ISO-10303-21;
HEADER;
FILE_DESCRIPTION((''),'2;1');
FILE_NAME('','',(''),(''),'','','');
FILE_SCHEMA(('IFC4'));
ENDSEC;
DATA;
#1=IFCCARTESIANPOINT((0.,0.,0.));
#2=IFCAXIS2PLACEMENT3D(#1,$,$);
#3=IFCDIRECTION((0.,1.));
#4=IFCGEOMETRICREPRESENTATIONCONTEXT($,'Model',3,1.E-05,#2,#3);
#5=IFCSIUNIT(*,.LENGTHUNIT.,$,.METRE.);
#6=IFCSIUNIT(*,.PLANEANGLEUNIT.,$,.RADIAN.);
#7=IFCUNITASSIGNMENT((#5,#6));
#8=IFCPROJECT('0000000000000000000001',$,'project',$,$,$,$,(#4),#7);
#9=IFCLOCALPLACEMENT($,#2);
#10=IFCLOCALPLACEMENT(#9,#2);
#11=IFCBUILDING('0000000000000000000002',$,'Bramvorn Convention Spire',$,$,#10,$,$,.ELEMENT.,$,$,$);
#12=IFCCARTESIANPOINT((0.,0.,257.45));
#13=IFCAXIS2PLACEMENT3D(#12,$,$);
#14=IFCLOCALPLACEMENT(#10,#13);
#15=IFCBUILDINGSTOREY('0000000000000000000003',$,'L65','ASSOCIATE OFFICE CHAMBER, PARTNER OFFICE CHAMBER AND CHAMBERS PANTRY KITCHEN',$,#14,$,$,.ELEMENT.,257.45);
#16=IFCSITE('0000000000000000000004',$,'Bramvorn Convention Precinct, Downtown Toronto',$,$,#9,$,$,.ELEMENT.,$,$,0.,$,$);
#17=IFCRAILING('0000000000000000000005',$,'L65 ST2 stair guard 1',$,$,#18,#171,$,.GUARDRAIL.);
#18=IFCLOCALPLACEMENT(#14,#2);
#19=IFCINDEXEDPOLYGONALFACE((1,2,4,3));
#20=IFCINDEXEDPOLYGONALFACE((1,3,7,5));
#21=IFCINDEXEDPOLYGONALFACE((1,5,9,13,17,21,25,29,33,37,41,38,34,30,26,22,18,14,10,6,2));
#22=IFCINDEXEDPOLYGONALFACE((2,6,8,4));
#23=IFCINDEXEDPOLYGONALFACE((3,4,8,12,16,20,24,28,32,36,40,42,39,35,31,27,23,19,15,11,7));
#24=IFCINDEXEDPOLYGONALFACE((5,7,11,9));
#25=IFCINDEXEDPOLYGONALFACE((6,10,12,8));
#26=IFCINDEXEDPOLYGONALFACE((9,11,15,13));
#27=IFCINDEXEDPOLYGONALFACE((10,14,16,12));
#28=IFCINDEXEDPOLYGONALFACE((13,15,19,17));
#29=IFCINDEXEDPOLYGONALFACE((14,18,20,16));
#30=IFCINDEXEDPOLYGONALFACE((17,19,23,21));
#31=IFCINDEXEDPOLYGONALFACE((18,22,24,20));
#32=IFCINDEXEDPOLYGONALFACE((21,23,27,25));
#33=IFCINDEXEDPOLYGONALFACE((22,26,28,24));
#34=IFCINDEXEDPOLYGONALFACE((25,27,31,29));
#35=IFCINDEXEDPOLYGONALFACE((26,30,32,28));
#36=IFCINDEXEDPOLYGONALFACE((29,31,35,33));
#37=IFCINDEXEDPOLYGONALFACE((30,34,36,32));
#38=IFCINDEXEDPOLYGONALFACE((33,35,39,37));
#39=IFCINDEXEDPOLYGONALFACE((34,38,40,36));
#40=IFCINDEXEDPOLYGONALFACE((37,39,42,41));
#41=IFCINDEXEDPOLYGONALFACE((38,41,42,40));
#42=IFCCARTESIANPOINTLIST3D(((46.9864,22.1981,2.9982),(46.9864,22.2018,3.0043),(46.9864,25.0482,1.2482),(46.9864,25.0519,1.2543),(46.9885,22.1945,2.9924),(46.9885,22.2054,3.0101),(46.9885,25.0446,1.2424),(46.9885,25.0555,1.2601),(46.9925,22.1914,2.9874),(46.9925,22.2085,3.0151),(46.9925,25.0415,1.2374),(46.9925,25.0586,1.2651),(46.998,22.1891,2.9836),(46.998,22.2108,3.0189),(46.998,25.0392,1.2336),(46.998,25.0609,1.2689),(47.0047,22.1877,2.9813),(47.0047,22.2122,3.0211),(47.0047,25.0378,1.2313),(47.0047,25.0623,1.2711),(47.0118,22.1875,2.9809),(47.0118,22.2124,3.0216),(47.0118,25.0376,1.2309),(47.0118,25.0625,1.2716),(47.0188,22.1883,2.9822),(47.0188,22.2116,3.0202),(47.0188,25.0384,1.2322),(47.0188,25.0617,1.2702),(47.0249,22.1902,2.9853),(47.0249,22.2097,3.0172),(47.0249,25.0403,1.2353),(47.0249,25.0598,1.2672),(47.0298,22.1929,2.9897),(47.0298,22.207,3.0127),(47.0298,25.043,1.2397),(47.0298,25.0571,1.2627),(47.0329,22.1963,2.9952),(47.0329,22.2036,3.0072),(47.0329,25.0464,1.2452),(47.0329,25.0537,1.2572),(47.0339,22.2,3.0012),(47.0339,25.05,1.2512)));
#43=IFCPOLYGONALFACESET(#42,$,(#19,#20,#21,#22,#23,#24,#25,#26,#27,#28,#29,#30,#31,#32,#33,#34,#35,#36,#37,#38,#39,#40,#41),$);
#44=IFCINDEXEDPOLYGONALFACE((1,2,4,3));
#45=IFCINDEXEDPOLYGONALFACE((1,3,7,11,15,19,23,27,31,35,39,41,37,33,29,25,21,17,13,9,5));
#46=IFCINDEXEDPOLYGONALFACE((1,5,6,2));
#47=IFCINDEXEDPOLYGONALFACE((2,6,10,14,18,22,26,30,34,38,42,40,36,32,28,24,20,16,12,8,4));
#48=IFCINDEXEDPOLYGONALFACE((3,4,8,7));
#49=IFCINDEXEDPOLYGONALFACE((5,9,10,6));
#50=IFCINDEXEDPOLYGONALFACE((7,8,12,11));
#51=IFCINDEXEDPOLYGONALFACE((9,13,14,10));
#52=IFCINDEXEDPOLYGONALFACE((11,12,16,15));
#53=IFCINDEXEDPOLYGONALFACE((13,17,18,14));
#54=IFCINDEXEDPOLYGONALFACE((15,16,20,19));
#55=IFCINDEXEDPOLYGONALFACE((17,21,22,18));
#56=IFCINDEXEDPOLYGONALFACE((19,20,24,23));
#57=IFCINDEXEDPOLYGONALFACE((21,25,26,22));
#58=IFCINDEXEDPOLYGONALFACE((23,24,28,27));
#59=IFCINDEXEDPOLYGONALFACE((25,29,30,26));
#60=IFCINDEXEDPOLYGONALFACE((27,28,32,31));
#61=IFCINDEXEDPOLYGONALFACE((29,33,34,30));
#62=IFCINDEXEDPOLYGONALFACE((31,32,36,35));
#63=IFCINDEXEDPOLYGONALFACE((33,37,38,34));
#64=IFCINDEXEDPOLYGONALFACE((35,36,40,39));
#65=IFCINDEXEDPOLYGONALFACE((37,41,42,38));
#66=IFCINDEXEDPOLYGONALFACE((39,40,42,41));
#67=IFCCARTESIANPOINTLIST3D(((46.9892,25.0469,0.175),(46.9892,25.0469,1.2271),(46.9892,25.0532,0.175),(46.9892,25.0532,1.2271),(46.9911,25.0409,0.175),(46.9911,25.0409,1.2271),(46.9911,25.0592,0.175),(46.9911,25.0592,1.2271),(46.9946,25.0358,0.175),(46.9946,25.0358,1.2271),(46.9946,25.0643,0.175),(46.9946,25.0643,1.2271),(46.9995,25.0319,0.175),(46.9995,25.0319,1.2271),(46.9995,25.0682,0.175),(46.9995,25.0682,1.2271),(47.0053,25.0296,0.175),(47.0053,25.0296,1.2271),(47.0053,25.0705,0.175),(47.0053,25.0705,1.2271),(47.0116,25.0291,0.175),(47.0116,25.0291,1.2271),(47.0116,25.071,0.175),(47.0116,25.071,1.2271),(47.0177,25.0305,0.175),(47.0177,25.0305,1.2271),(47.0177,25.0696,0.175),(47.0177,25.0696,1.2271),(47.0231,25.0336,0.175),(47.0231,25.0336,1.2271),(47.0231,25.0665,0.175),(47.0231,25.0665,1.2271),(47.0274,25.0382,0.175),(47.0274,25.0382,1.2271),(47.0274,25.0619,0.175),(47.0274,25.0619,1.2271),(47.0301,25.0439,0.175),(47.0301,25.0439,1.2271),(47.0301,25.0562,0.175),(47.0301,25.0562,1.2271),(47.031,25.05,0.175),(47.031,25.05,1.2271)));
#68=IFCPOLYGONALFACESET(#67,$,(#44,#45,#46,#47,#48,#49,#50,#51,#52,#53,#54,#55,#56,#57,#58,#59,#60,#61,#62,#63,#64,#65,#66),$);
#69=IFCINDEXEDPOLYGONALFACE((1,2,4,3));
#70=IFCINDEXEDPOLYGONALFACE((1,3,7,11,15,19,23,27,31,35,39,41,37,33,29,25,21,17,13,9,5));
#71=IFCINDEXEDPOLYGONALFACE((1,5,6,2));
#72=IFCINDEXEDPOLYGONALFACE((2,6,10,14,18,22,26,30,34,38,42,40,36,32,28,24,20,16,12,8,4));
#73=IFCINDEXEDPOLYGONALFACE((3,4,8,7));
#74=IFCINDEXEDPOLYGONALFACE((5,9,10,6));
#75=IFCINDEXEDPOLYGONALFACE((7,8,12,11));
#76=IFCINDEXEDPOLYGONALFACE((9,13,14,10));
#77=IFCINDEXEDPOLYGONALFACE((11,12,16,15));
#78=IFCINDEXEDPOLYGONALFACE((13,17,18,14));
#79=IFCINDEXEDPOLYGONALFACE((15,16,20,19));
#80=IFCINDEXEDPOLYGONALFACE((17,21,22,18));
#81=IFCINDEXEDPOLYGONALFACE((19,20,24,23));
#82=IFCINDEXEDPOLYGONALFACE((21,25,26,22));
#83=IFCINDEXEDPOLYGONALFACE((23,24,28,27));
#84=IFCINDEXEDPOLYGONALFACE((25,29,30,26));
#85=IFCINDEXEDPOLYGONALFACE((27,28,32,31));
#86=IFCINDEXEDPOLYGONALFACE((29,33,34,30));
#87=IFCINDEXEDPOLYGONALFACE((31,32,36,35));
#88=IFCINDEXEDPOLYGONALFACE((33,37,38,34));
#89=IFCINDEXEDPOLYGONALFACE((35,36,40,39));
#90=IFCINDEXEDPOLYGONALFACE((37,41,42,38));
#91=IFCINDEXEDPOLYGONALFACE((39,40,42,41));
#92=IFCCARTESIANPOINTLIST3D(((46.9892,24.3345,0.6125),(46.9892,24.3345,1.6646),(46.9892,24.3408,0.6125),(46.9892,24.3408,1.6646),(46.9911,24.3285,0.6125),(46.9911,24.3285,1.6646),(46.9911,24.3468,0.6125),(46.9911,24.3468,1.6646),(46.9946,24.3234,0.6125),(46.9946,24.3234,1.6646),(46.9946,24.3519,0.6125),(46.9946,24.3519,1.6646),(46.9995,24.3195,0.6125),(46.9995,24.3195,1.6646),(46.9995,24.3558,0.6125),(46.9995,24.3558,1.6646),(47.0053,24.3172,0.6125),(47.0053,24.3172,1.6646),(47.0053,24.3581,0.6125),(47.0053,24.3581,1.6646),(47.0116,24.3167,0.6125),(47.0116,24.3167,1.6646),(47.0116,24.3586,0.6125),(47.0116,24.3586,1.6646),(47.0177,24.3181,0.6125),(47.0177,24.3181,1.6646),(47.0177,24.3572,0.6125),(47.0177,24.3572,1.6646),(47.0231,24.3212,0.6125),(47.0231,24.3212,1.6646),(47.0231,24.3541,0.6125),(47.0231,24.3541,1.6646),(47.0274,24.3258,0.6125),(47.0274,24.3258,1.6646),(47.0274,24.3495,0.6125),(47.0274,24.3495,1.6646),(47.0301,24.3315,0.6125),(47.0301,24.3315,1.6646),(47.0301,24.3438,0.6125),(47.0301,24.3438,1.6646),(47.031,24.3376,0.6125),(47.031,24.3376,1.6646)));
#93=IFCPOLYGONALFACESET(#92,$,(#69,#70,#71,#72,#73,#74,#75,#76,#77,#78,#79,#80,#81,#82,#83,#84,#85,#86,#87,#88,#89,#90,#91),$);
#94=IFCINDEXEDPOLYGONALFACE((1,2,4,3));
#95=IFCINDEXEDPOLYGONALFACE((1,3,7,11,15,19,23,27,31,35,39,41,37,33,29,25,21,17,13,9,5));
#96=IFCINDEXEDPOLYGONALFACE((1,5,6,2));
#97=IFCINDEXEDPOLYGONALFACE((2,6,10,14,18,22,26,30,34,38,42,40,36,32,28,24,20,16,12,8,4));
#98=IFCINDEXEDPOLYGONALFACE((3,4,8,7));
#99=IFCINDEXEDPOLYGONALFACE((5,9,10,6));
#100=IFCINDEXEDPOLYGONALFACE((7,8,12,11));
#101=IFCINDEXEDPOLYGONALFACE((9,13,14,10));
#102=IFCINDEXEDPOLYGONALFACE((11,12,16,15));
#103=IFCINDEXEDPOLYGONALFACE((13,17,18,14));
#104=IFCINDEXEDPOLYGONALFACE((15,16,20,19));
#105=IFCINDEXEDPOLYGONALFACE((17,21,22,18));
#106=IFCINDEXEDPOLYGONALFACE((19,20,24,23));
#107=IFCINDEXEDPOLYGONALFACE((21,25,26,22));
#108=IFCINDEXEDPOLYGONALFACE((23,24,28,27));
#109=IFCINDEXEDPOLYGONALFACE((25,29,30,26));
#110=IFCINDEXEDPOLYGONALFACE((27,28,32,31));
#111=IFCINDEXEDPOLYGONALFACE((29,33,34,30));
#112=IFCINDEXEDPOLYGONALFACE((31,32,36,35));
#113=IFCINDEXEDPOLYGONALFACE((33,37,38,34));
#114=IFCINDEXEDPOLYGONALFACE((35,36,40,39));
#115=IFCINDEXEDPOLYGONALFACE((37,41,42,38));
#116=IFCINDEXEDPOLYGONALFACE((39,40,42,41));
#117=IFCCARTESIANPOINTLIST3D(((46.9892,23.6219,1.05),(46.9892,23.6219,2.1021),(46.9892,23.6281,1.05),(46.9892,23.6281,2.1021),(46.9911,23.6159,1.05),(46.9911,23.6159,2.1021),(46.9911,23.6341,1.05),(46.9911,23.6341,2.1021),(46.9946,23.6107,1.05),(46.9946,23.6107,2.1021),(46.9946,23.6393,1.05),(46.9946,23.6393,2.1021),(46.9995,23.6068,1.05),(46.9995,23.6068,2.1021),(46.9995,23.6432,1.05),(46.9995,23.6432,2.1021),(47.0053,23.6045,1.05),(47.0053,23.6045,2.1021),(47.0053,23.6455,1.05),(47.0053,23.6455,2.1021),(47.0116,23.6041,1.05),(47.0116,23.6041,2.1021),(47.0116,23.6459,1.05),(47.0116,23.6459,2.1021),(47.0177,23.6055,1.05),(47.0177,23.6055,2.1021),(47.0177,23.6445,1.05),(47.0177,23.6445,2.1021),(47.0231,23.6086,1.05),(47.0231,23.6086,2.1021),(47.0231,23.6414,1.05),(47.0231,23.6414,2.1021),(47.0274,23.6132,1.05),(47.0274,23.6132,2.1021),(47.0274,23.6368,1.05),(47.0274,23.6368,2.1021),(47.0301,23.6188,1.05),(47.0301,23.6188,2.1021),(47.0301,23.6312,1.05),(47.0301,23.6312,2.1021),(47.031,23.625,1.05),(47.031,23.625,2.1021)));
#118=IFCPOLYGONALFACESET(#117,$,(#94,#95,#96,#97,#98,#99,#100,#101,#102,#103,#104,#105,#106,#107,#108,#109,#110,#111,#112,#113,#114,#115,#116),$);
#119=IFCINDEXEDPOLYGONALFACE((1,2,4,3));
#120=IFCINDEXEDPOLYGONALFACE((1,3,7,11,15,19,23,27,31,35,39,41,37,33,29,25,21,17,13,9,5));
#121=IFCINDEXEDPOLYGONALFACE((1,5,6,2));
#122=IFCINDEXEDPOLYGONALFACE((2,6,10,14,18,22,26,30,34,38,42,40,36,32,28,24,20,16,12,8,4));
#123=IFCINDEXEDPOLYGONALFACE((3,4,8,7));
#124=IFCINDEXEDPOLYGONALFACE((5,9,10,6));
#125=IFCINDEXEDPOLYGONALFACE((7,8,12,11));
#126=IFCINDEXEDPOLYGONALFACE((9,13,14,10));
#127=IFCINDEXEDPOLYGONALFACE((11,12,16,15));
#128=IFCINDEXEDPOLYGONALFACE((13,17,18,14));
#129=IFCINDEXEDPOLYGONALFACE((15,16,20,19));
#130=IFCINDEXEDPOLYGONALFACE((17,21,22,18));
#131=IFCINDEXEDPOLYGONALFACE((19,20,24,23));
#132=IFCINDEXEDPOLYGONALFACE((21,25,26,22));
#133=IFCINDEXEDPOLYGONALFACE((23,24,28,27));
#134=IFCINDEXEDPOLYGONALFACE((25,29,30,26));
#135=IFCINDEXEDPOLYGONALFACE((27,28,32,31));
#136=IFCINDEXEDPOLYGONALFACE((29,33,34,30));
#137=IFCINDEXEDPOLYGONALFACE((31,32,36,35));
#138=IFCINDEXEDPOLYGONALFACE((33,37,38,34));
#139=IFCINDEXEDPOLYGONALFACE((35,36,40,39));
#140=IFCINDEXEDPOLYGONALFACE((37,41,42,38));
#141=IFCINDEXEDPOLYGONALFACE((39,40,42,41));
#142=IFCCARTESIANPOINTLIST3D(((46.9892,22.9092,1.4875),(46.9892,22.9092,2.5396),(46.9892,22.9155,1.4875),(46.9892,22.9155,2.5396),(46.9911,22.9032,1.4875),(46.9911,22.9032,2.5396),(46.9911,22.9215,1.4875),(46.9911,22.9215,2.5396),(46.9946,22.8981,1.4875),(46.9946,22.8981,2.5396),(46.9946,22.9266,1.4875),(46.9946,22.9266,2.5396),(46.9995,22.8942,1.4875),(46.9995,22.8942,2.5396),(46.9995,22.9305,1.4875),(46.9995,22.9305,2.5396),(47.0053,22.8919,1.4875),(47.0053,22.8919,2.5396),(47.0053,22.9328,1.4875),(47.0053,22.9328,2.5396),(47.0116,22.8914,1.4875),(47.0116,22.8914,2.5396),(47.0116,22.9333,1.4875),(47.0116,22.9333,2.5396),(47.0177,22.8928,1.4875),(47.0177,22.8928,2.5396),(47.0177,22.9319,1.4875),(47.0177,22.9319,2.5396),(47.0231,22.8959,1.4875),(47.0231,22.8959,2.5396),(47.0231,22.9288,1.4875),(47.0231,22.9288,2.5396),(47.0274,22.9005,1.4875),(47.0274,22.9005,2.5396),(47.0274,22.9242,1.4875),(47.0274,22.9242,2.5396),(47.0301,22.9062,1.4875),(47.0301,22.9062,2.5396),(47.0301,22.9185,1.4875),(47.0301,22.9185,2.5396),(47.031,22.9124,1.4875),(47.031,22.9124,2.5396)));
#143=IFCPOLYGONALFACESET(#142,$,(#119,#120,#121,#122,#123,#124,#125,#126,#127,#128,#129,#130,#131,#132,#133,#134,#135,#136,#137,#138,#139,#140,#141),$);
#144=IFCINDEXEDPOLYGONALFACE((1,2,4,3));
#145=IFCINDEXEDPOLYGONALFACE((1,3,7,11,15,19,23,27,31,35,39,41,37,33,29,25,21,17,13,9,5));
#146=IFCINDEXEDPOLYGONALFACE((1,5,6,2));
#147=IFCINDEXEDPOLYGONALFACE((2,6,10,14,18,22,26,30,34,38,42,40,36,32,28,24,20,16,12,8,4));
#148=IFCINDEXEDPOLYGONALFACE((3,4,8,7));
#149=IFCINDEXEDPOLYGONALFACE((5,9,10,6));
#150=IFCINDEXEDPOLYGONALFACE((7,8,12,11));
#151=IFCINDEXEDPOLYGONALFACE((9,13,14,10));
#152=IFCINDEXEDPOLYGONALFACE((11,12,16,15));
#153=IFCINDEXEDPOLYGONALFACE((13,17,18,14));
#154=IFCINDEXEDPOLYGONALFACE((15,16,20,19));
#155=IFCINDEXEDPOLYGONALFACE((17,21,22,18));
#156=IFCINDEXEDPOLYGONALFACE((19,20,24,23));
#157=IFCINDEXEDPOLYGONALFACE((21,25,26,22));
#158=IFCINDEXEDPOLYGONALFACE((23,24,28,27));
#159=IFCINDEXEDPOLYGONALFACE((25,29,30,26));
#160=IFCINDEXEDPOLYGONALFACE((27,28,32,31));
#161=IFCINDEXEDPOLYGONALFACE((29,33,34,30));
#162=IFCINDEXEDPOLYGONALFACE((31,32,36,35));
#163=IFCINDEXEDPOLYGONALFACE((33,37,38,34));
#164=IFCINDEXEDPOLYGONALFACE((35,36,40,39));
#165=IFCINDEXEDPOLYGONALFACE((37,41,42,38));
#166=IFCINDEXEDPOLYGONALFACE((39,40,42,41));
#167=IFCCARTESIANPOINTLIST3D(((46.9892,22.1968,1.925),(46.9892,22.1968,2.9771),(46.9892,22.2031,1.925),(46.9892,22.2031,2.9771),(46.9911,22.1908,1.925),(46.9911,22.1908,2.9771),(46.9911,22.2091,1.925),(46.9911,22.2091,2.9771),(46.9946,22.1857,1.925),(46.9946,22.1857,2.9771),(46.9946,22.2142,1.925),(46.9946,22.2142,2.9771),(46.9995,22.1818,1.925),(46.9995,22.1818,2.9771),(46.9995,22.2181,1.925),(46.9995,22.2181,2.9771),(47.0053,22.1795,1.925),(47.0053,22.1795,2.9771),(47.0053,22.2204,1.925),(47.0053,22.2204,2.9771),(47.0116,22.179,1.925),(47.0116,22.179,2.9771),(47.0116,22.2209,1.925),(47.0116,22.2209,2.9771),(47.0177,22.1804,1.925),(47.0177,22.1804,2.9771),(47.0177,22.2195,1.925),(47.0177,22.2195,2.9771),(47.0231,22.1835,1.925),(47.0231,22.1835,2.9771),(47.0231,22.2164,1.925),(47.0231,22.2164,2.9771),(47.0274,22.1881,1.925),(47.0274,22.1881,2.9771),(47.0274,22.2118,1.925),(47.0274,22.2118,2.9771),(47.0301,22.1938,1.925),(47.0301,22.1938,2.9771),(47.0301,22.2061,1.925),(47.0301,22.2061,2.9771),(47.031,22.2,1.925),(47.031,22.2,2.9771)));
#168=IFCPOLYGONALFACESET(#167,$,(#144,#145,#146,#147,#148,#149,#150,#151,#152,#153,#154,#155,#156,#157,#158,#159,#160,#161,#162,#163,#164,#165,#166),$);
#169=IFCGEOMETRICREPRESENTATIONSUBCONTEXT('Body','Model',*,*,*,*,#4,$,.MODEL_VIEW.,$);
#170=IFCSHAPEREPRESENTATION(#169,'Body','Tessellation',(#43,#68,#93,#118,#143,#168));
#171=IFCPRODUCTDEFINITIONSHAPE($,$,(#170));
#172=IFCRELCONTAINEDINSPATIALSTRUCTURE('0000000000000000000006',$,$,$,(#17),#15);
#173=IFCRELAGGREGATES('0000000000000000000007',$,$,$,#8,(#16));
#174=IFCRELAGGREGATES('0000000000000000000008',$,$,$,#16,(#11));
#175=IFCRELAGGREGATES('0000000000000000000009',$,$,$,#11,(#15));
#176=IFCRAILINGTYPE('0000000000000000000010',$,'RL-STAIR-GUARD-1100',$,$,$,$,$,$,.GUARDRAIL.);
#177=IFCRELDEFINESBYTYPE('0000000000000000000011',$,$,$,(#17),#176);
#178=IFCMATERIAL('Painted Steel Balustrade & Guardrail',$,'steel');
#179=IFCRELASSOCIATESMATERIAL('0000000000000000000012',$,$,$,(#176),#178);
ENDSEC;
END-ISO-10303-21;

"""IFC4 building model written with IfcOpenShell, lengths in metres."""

from ifc_helpers import new_model, si_unit, direction, frame, origin, origin_2d, place, context, subcontext, project, spatial, circle, extrude, material, type_object, element, save


model = new_model("IFC4")

# Units and contexts
model_context = context("Model", 3, precision=1e-05, world=origin(), true_north=direction((0.0, 1.0)))
body_context = subcontext(model_context, "Body", "Model", "MODEL_VIEW")
ifc_project = project(units=[si_unit("LENGTHUNIT", "METRE"), si_unit("PLANEANGLEUNIT", "RADIAN")], contexts=[model_context])

# Site, building, storey
site_placement = place(None, origin())
site = spatial("IfcSite", under=ifc_project, at=site_placement, Name="Bramvorn Convention Precinct, Downtown Toronto", CompositionType="ELEMENT", RefElevation=0.0)
building_placement = place(site_placement, origin())
building = spatial("IfcBuilding", under=site, at=building_placement, Name="Bramvorn Convention Spire", CompositionType="ELEMENT")
storey_placement = place(building_placement, frame((0.0, 0.0, 257.45)))
storey = spatial("IfcBuildingStorey", under=building, at=storey_placement, Name="L65", Description="ASSOCIATE OFFICE CHAMBER, PARTNER OFFICE CHAMBER AND CHAMBERS PANTRY KITCHEN", CompositionType="ELEMENT", Elevation=257.45)

# Railing
ifc_material_1 = material(Name="Painted Steel Balustrade & Guardrail", Category="steel")
railing_type_1 = type_object("IfcRailingType", Name="RL-STAIR-GUARD-1100", PredefinedType="GUARDRAIL", material=ifc_material_1)
railing_1_placement = place(storey_placement, frame((47.01, 25.05, 0.175)))
element("IfcRailing", 1, at=railing_1_placement, inside=storey, type_object=railing_type_1, Name="L65 ST2 stair guard 1", PredefinedType="GUARDRAIL", context=body_context, shape_type="SweptSolid", body=[
    extrude(circle(Radius=0.0239, at=origin_2d()), frame((0.0, 0.0, 1.0762), z_axis=(0.0, -0.852179, 0.52325), x_axis=(1.0, 0.0, 0.0)), (0.0, 0.0, 1.0), 3.3445),
    extrude(circle(Radius=0.021, at=origin_2d()), origin(), (0.0, 0.0, 1.0), 1.052),
    extrude(circle(Radius=0.021, at=origin_2d()), frame((0.0, -0.7124, 0.4375)), (0.0, 0.0, 1.0), 1.052),
    extrude(circle(Radius=0.021, at=origin_2d()), frame((0.0, -1.425, 0.875)), (0.0, 0.0, 1.0), 1.052),
    extrude(circle(Radius=0.021, at=origin_2d()), frame((0.0, -2.1377, 1.3125)), (0.0, 0.0, 1.0), 1.052),
    extrude(circle(Radius=0.021, at=origin_2d()), frame((0.0, -2.8501, 1.75)), (0.0, 0.0, 1.0), 1.052),
])

save(model, "model.ifc")
